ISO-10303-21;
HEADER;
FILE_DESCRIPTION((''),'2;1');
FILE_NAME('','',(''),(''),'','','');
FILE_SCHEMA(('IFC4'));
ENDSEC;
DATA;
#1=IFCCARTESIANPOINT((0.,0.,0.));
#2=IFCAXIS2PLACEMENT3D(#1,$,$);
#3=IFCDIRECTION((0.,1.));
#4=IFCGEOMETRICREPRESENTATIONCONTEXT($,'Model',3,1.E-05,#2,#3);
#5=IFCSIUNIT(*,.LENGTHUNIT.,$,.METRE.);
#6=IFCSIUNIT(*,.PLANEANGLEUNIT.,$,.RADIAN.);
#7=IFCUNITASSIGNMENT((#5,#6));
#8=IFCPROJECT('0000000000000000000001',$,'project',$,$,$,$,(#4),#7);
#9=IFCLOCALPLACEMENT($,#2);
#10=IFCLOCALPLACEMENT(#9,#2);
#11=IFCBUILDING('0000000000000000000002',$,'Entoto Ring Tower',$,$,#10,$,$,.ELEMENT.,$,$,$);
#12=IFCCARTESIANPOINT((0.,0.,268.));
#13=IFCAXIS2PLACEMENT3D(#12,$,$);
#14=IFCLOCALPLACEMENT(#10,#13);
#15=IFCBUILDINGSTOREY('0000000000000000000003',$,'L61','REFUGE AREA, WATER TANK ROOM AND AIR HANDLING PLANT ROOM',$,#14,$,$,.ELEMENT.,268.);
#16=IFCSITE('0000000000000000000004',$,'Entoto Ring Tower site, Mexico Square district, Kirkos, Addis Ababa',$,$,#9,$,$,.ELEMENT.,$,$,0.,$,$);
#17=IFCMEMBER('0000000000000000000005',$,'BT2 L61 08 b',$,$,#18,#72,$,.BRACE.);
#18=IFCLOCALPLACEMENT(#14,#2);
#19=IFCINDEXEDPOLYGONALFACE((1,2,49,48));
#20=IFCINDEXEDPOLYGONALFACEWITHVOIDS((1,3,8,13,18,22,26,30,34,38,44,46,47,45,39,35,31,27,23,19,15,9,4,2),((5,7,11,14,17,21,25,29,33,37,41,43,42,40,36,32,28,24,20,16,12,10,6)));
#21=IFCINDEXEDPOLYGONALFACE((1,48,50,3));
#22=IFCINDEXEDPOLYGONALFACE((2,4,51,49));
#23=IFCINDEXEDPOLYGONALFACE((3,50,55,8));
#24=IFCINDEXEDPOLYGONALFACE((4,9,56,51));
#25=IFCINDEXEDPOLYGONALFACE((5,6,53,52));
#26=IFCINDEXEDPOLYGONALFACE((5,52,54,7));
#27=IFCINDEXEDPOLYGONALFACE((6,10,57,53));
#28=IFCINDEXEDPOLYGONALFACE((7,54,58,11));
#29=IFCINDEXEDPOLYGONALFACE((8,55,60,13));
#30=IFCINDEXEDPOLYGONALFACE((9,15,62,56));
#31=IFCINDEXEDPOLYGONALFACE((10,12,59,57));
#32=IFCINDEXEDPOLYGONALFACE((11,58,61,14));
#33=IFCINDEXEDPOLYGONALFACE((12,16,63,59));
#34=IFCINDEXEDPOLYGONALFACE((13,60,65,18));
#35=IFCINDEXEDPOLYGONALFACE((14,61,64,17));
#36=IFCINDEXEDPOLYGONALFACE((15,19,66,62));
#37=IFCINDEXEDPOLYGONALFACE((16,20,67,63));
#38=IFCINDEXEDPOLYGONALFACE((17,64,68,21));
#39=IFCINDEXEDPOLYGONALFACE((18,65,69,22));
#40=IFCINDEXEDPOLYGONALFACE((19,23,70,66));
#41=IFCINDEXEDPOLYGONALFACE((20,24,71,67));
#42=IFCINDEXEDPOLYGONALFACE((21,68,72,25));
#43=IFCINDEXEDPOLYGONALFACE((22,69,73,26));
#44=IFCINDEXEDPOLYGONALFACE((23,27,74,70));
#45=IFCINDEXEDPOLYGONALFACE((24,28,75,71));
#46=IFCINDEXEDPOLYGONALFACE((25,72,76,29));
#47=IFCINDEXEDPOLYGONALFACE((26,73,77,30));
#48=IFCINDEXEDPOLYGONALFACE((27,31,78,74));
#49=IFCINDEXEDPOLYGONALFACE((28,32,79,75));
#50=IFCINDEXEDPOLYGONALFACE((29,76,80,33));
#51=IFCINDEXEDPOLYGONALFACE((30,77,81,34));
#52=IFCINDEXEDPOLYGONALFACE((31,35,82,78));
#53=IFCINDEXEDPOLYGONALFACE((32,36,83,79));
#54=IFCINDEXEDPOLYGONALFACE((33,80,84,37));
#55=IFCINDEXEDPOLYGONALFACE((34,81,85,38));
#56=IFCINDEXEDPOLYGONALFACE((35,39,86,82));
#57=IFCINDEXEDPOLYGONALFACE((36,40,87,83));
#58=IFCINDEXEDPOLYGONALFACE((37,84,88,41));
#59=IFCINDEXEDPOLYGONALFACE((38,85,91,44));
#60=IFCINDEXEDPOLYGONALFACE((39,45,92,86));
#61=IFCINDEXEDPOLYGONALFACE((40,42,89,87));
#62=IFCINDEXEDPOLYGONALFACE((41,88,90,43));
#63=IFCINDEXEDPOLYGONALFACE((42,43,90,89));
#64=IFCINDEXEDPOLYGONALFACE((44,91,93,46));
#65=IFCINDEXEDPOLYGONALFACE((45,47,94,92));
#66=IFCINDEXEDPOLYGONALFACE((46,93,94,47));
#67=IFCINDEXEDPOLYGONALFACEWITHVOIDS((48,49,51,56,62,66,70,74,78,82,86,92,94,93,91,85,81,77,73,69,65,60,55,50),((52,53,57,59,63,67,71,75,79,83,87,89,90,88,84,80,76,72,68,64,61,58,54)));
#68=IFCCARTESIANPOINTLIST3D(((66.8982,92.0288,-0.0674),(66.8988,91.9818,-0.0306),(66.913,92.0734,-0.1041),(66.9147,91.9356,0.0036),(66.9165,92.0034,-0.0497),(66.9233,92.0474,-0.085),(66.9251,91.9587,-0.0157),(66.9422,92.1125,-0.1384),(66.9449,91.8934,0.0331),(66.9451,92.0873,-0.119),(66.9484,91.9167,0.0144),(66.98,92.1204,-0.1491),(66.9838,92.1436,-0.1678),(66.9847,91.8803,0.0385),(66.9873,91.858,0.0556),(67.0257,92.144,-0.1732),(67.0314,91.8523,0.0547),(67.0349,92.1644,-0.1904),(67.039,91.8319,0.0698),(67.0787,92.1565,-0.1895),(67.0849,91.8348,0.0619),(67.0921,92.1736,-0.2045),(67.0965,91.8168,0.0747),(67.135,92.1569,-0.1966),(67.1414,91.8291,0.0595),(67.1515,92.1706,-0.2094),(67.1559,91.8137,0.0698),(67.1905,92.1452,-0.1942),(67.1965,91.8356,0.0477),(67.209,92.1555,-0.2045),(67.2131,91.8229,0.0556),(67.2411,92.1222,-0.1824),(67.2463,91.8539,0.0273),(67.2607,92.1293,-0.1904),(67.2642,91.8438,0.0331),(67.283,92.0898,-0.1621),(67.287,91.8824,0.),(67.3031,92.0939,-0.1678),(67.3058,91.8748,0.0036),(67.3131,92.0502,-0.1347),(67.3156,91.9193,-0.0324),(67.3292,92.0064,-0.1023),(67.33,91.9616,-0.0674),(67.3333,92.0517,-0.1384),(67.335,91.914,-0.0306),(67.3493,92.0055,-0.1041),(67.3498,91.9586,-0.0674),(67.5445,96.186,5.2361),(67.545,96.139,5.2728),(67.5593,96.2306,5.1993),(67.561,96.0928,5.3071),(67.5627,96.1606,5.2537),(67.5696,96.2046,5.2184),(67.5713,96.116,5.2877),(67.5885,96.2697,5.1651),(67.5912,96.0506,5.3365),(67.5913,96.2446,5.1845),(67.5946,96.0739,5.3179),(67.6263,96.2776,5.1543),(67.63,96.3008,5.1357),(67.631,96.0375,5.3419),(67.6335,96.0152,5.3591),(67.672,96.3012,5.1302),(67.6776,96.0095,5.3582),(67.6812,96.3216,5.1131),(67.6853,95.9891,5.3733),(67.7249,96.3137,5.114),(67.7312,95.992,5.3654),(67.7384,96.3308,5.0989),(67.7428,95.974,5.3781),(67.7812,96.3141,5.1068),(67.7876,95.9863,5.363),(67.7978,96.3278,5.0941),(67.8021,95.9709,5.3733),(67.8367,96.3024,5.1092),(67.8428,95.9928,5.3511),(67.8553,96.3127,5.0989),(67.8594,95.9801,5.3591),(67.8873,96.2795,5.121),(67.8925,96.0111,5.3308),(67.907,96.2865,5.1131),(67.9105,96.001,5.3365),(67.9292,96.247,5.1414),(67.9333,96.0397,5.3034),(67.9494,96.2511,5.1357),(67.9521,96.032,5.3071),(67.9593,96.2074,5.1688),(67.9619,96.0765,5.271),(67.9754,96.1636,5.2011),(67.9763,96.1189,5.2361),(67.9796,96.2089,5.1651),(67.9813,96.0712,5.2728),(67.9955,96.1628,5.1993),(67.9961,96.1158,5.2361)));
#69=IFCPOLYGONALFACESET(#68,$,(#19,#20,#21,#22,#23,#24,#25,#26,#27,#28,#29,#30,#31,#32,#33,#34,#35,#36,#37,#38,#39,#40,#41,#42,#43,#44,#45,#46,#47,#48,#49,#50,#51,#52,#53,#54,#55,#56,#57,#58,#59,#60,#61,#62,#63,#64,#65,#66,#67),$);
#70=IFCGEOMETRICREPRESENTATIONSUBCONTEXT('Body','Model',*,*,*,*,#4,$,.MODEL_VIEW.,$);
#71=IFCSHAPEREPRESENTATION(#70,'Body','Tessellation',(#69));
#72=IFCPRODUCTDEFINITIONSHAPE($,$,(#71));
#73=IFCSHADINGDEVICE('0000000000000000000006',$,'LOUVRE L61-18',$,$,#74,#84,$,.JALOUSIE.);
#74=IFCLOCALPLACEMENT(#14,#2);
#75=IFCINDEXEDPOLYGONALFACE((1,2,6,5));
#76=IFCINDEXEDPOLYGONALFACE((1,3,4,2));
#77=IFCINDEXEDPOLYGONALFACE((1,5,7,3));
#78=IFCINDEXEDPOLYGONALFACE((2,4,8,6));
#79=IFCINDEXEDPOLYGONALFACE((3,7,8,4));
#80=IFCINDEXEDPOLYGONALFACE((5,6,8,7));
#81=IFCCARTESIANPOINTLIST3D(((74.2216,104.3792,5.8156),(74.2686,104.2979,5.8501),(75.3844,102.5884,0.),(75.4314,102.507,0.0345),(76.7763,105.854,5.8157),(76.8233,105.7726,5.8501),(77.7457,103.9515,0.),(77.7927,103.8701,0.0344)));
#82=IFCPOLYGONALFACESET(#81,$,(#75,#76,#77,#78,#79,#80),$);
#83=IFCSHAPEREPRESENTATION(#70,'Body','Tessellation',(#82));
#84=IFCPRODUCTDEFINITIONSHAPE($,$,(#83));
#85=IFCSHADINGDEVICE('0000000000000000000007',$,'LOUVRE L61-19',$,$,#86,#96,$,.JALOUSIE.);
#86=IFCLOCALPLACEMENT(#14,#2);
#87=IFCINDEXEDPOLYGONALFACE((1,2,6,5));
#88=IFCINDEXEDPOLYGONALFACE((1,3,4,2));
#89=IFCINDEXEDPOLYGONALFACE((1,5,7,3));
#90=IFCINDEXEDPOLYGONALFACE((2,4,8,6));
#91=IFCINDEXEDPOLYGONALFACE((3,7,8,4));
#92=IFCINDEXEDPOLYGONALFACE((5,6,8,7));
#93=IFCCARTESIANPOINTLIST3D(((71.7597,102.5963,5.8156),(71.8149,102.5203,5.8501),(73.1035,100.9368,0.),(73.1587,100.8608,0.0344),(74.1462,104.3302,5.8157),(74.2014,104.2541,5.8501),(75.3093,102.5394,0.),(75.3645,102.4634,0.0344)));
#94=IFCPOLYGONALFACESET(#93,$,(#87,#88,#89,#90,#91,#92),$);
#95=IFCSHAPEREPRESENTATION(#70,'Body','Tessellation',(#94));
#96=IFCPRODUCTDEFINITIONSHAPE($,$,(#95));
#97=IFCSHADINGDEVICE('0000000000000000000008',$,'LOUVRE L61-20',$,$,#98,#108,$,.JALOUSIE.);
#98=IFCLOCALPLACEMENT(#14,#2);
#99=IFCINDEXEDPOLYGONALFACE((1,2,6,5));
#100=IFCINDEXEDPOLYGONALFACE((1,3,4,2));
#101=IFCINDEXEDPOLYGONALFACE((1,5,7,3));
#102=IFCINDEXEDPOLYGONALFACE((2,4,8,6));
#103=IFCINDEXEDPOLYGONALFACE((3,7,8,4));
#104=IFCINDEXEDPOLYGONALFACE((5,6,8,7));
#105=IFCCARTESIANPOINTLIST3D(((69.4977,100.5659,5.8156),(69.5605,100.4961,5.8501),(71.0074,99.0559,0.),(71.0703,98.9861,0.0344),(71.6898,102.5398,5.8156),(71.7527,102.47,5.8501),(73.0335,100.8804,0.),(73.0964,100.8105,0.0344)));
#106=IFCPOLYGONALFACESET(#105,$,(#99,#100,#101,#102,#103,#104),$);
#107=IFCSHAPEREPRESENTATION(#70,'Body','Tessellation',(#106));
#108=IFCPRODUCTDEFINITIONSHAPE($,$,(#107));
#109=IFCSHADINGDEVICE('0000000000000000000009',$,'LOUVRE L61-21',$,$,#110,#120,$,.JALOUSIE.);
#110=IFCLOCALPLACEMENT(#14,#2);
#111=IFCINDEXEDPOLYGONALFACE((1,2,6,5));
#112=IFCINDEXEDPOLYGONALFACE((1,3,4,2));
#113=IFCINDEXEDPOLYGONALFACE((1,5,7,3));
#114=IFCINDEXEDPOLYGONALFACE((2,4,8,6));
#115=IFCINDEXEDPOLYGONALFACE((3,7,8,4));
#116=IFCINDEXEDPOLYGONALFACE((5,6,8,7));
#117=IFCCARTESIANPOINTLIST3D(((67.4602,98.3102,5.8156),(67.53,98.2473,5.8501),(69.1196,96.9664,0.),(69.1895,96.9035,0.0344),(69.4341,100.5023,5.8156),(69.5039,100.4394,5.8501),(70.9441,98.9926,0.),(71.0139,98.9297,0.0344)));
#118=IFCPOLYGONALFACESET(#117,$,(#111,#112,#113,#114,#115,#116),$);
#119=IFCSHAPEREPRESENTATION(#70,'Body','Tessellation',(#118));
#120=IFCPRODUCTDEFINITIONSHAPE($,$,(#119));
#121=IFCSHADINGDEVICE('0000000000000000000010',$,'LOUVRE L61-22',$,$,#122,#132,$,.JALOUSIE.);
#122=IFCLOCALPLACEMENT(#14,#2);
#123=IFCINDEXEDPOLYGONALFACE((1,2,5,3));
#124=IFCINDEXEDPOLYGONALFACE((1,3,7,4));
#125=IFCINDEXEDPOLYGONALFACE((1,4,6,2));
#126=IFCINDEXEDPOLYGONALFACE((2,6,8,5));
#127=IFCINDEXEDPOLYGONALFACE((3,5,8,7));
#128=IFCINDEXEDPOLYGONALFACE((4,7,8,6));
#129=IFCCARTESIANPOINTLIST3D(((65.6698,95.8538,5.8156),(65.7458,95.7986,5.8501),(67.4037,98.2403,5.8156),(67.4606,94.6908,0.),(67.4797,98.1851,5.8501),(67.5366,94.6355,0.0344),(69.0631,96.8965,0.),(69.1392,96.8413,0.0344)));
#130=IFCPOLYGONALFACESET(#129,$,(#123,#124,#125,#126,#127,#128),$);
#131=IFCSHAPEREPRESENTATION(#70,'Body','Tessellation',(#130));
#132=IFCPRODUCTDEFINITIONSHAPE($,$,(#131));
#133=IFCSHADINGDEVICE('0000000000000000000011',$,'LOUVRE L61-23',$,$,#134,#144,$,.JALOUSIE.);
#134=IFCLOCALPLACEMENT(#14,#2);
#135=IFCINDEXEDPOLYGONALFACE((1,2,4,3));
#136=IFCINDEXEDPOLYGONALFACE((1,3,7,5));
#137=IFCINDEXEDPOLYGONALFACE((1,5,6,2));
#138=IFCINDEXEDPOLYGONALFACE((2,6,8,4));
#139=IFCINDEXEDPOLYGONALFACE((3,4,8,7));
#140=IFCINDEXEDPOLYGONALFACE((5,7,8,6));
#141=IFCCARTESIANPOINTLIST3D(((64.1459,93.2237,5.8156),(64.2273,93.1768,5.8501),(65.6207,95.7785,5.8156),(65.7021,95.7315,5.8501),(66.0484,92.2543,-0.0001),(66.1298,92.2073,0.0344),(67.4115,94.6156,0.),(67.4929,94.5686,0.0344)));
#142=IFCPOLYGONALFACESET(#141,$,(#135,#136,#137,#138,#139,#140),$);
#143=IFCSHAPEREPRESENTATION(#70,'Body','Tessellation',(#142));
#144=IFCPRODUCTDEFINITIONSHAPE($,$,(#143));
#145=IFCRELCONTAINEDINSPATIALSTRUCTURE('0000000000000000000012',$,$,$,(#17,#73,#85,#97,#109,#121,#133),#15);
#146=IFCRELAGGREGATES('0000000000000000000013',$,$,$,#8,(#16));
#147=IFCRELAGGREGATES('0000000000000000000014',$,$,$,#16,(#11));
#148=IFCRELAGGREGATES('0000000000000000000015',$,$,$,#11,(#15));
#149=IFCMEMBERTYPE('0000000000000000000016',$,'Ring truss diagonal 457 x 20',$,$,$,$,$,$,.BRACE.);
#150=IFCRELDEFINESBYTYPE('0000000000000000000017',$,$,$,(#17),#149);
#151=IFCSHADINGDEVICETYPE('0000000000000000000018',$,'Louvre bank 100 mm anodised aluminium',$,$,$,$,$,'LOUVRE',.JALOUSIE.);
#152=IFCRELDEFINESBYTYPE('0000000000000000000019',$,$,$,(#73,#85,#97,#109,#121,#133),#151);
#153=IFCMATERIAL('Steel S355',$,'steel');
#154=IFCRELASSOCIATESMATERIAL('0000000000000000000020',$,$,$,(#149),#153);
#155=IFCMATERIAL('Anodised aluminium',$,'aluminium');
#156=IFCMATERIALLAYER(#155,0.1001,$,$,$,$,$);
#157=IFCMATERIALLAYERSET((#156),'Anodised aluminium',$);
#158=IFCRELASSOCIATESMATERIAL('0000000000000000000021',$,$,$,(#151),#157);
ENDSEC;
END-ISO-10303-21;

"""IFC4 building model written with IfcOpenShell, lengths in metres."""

from ifc_helpers import new_model, si_unit, direction, frame, origin, origin_2d, place, context, subcontext, project, spatial, polyline, circle, hollow_circle, outline, extrude, material, layer, layer_set, material_profile, profile_set, type_object, element, save


model = new_model("IFC4")

# Units and contexts
model_context = context("Model", 3, precision=1e-05, world=origin(), true_north=direction((0.0, 1.0)))
body_context = subcontext(model_context, "Body", "Model", "MODEL_VIEW")
ifc_project = project(units=[si_unit("LENGTHUNIT", "METRE"), si_unit("PLANEANGLEUNIT", "RADIAN")], contexts=[model_context])

# Site, building, storey
site_placement = place(None, origin())
site = spatial("IfcSite", under=ifc_project, at=site_placement, Name="Entoto Ring Tower site, Mexico Square district, Kirkos, Addis Ababa", CompositionType="ELEMENT", RefElevation=0.0)
building_placement = place(site_placement, origin())
building = spatial("IfcBuilding", under=site, at=building_placement, Name="Entoto Ring Tower", CompositionType="ELEMENT")
storey_placement = place(building_placement, frame((0.0, 0.0, 268.0)))
storey = spatial("IfcBuildingStorey", under=building, at=storey_placement, Name="L61", Description="REFUGE AREA, WATER TANK ROOM AND AIR HANDLING PLANT ROOM", CompositionType="ELEMENT", Elevation=268.0)

# Member
ifc_material_1 = material(Name="Steel S355", Category="steel")
ifc_material_profile_1 = material_profile(ifc_material_1, hollow_circle(Radius=0.2285, WallThickness=0.02, at=origin_2d()), Name="CHS 457 x 20")
ifc_material_2 = material(Name="Concrete C60/75", Category="concrete")
ifc_material_profile_2 = material_profile(ifc_material_2, circle(Radius=0.2085, at=origin_2d()), Name="Concrete C60/75 infill")
ifc_profile_set_1 = profile_set([ifc_material_profile_1, ifc_material_profile_2], Name="Steel S355")
member_type_1 = type_object("IfcMemberType", Name="Ring truss diagonal 457 x 20", PredefinedType="BRACE", material=ifc_profile_set_1)
for number, where, z_axis, x_axis, name in (
    (1, (67.7703, 96.1509, 5.2361), (-0.095463, -0.614106, -0.783429), (0.988132, -0.153605, 0.0), "BT2 L61 08 b"),
):
    element("IfcMember", number, at=place(storey_placement, frame(where, z_axis=z_axis, x_axis=x_axis)), inside=storey, type_object=member_type_1, Name=name, PredefinedType="BRACE", context=body_context, shape_type="SweptSolid", body=[
        extrude(hollow_circle(Radius=0.2285, WallThickness=0.02, at=origin_2d()), origin(), (0.0, 0.0, 1.0), 6.7695),
    ])

# Shading devices
ifc_material_3 = material(Name="Anodised aluminium", Category="aluminium")
ifc_layer_1 = layer(ifc_material_3, 0.1001)
ifc_layer_set_1 = layer_set([ifc_layer_1], Name="Anodised aluminium")
shading_device_type = type_object("IfcShadingDeviceType", Name="Louvre bank 100 mm anodised aluminium", ElementType="LOUVRE", PredefinedType="JALOUSIE", material=ifc_layer_set_1)
shading_device_1_placement = place(storey_placement, frame((77.7927, 103.8701, 0.0344), z_axis=(0.469394, -0.81312, 0.344246), x_axis=(-0.866056, -0.499948, 0.00001)))
element("IfcShadingDevice", 2, at=shading_device_1_placement, inside=storey, type_object=shading_device_type, Name="LOUVRE L61-18", PredefinedType="JALOUSIE", context=body_context, shape_type="SweptSolid", body=[
    extrude(outline(polyline([(0.0, 0.0), (2.7265, 0.0), (2.8383, -6.1942), (-0.1115, -6.1943), (0.0, 0.0)])), origin(), (0.0, 0.0, -1.0), 0.1001),
])
shading_device_2_placement = place(storey_placement, frame((75.3645, 102.4634, 0.0344), z_axis=(0.551852, -0.759574, 0.344249), x_axis=(-0.809023, -0.587777, 0.000004)))
element("IfcShadingDevice", 3, at=shading_device_2_placement, inside=storey, type_object=shading_device_type, Name="LOUVRE L61-19", PredefinedType="JALOUSIE", context=body_context, shape_type="SweptSolid", body=[
    extrude(outline(polyline([(0.0, 0.0), (2.7265, 0.0), (2.8383, -6.1943), (-0.1116, -6.1943), (0.0, 0.0)])), origin(), (0.0, 0.0, -1.0), 0.1001),
])
shading_device_3_placement = place(storey_placement, frame((73.0964, 100.8105, 0.0344), z_axis=(0.628251, -0.697707, 0.344247), x_axis=(-0.743127, -0.669151, -0.000003)))
element("IfcShadingDevice", 4, at=shading_device_3_placement, inside=storey, type_object=shading_device_type, Name="LOUVRE L61-20", PredefinedType="JALOUSIE", context=body_context, shape_type="SweptSolid", body=[
    extrude(outline(polyline([(0.0, 0.0), (2.7265, 0.0), (2.838, -6.1943), (-0.1118, -6.1943), (0.0, 0.0)])), origin(), (0.0, 0.0, -1.0), 0.1001),
])
shading_device_4_placement = place(storey_placement, frame((71.0139, 98.9297, 0.0344), z_axis=(0.697707, -0.628251, 0.344247), x_axis=(-0.669151, -0.743127, 0.000003)))
element("IfcShadingDevice", 5, at=shading_device_4_placement, inside=storey, type_object=shading_device_type, Name="LOUVRE L61-21", PredefinedType="JALOUSIE", context=body_context, shape_type="SweptSolid", body=[
    extrude(outline(polyline([(0.0, 0.0), (2.7265, 0.0), (2.8384, -6.1943), (-0.1115, -6.1943), (0.0, 0.0)])), origin(), (0.0, 0.0, -1.0), 0.1001),
])
shading_device_5_placement = place(storey_placement, frame((69.1392, 96.8413, 0.0344), z_axis=(0.759574, -0.551852, 0.344249), x_axis=(-0.587777, -0.809023, -0.000004)))
element("IfcShadingDevice", 6, at=shading_device_5_placement, inside=storey, type_object=shading_device_type, Name="LOUVRE L61-22", PredefinedType="JALOUSIE", context=body_context, shape_type="SweptSolid", body=[
    extrude(outline(polyline([(0.0, 0.0), (2.7265, 0.0), (2.8381, -6.1943), (-0.1118, -6.1943), (0.0, 0.0)])), origin(), (0.0, 0.0, -1.0), 0.1001),
])
shading_device_6_placement = place(storey_placement, frame((67.4929, 94.5686, 0.0344), z_axis=(0.81312, -0.469394, 0.344246), x_axis=(-0.499948, -0.866056, -0.00001)))
element("IfcShadingDevice", 7, at=shading_device_6_placement, inside=storey, type_object=shading_device_type, Name="LOUVRE L61-23", PredefinedType="JALOUSIE", context=body_context, shape_type="SweptSolid", body=[
    extrude(outline(polyline([(0.0, 0.0), (2.7265, 0.0), (2.838, -6.1943), (-0.1119, -6.1942), (0.0, 0.0)])), origin(), (0.0, 0.0, -1.0), 0.1001),
])

save(model, "model.ifc")
